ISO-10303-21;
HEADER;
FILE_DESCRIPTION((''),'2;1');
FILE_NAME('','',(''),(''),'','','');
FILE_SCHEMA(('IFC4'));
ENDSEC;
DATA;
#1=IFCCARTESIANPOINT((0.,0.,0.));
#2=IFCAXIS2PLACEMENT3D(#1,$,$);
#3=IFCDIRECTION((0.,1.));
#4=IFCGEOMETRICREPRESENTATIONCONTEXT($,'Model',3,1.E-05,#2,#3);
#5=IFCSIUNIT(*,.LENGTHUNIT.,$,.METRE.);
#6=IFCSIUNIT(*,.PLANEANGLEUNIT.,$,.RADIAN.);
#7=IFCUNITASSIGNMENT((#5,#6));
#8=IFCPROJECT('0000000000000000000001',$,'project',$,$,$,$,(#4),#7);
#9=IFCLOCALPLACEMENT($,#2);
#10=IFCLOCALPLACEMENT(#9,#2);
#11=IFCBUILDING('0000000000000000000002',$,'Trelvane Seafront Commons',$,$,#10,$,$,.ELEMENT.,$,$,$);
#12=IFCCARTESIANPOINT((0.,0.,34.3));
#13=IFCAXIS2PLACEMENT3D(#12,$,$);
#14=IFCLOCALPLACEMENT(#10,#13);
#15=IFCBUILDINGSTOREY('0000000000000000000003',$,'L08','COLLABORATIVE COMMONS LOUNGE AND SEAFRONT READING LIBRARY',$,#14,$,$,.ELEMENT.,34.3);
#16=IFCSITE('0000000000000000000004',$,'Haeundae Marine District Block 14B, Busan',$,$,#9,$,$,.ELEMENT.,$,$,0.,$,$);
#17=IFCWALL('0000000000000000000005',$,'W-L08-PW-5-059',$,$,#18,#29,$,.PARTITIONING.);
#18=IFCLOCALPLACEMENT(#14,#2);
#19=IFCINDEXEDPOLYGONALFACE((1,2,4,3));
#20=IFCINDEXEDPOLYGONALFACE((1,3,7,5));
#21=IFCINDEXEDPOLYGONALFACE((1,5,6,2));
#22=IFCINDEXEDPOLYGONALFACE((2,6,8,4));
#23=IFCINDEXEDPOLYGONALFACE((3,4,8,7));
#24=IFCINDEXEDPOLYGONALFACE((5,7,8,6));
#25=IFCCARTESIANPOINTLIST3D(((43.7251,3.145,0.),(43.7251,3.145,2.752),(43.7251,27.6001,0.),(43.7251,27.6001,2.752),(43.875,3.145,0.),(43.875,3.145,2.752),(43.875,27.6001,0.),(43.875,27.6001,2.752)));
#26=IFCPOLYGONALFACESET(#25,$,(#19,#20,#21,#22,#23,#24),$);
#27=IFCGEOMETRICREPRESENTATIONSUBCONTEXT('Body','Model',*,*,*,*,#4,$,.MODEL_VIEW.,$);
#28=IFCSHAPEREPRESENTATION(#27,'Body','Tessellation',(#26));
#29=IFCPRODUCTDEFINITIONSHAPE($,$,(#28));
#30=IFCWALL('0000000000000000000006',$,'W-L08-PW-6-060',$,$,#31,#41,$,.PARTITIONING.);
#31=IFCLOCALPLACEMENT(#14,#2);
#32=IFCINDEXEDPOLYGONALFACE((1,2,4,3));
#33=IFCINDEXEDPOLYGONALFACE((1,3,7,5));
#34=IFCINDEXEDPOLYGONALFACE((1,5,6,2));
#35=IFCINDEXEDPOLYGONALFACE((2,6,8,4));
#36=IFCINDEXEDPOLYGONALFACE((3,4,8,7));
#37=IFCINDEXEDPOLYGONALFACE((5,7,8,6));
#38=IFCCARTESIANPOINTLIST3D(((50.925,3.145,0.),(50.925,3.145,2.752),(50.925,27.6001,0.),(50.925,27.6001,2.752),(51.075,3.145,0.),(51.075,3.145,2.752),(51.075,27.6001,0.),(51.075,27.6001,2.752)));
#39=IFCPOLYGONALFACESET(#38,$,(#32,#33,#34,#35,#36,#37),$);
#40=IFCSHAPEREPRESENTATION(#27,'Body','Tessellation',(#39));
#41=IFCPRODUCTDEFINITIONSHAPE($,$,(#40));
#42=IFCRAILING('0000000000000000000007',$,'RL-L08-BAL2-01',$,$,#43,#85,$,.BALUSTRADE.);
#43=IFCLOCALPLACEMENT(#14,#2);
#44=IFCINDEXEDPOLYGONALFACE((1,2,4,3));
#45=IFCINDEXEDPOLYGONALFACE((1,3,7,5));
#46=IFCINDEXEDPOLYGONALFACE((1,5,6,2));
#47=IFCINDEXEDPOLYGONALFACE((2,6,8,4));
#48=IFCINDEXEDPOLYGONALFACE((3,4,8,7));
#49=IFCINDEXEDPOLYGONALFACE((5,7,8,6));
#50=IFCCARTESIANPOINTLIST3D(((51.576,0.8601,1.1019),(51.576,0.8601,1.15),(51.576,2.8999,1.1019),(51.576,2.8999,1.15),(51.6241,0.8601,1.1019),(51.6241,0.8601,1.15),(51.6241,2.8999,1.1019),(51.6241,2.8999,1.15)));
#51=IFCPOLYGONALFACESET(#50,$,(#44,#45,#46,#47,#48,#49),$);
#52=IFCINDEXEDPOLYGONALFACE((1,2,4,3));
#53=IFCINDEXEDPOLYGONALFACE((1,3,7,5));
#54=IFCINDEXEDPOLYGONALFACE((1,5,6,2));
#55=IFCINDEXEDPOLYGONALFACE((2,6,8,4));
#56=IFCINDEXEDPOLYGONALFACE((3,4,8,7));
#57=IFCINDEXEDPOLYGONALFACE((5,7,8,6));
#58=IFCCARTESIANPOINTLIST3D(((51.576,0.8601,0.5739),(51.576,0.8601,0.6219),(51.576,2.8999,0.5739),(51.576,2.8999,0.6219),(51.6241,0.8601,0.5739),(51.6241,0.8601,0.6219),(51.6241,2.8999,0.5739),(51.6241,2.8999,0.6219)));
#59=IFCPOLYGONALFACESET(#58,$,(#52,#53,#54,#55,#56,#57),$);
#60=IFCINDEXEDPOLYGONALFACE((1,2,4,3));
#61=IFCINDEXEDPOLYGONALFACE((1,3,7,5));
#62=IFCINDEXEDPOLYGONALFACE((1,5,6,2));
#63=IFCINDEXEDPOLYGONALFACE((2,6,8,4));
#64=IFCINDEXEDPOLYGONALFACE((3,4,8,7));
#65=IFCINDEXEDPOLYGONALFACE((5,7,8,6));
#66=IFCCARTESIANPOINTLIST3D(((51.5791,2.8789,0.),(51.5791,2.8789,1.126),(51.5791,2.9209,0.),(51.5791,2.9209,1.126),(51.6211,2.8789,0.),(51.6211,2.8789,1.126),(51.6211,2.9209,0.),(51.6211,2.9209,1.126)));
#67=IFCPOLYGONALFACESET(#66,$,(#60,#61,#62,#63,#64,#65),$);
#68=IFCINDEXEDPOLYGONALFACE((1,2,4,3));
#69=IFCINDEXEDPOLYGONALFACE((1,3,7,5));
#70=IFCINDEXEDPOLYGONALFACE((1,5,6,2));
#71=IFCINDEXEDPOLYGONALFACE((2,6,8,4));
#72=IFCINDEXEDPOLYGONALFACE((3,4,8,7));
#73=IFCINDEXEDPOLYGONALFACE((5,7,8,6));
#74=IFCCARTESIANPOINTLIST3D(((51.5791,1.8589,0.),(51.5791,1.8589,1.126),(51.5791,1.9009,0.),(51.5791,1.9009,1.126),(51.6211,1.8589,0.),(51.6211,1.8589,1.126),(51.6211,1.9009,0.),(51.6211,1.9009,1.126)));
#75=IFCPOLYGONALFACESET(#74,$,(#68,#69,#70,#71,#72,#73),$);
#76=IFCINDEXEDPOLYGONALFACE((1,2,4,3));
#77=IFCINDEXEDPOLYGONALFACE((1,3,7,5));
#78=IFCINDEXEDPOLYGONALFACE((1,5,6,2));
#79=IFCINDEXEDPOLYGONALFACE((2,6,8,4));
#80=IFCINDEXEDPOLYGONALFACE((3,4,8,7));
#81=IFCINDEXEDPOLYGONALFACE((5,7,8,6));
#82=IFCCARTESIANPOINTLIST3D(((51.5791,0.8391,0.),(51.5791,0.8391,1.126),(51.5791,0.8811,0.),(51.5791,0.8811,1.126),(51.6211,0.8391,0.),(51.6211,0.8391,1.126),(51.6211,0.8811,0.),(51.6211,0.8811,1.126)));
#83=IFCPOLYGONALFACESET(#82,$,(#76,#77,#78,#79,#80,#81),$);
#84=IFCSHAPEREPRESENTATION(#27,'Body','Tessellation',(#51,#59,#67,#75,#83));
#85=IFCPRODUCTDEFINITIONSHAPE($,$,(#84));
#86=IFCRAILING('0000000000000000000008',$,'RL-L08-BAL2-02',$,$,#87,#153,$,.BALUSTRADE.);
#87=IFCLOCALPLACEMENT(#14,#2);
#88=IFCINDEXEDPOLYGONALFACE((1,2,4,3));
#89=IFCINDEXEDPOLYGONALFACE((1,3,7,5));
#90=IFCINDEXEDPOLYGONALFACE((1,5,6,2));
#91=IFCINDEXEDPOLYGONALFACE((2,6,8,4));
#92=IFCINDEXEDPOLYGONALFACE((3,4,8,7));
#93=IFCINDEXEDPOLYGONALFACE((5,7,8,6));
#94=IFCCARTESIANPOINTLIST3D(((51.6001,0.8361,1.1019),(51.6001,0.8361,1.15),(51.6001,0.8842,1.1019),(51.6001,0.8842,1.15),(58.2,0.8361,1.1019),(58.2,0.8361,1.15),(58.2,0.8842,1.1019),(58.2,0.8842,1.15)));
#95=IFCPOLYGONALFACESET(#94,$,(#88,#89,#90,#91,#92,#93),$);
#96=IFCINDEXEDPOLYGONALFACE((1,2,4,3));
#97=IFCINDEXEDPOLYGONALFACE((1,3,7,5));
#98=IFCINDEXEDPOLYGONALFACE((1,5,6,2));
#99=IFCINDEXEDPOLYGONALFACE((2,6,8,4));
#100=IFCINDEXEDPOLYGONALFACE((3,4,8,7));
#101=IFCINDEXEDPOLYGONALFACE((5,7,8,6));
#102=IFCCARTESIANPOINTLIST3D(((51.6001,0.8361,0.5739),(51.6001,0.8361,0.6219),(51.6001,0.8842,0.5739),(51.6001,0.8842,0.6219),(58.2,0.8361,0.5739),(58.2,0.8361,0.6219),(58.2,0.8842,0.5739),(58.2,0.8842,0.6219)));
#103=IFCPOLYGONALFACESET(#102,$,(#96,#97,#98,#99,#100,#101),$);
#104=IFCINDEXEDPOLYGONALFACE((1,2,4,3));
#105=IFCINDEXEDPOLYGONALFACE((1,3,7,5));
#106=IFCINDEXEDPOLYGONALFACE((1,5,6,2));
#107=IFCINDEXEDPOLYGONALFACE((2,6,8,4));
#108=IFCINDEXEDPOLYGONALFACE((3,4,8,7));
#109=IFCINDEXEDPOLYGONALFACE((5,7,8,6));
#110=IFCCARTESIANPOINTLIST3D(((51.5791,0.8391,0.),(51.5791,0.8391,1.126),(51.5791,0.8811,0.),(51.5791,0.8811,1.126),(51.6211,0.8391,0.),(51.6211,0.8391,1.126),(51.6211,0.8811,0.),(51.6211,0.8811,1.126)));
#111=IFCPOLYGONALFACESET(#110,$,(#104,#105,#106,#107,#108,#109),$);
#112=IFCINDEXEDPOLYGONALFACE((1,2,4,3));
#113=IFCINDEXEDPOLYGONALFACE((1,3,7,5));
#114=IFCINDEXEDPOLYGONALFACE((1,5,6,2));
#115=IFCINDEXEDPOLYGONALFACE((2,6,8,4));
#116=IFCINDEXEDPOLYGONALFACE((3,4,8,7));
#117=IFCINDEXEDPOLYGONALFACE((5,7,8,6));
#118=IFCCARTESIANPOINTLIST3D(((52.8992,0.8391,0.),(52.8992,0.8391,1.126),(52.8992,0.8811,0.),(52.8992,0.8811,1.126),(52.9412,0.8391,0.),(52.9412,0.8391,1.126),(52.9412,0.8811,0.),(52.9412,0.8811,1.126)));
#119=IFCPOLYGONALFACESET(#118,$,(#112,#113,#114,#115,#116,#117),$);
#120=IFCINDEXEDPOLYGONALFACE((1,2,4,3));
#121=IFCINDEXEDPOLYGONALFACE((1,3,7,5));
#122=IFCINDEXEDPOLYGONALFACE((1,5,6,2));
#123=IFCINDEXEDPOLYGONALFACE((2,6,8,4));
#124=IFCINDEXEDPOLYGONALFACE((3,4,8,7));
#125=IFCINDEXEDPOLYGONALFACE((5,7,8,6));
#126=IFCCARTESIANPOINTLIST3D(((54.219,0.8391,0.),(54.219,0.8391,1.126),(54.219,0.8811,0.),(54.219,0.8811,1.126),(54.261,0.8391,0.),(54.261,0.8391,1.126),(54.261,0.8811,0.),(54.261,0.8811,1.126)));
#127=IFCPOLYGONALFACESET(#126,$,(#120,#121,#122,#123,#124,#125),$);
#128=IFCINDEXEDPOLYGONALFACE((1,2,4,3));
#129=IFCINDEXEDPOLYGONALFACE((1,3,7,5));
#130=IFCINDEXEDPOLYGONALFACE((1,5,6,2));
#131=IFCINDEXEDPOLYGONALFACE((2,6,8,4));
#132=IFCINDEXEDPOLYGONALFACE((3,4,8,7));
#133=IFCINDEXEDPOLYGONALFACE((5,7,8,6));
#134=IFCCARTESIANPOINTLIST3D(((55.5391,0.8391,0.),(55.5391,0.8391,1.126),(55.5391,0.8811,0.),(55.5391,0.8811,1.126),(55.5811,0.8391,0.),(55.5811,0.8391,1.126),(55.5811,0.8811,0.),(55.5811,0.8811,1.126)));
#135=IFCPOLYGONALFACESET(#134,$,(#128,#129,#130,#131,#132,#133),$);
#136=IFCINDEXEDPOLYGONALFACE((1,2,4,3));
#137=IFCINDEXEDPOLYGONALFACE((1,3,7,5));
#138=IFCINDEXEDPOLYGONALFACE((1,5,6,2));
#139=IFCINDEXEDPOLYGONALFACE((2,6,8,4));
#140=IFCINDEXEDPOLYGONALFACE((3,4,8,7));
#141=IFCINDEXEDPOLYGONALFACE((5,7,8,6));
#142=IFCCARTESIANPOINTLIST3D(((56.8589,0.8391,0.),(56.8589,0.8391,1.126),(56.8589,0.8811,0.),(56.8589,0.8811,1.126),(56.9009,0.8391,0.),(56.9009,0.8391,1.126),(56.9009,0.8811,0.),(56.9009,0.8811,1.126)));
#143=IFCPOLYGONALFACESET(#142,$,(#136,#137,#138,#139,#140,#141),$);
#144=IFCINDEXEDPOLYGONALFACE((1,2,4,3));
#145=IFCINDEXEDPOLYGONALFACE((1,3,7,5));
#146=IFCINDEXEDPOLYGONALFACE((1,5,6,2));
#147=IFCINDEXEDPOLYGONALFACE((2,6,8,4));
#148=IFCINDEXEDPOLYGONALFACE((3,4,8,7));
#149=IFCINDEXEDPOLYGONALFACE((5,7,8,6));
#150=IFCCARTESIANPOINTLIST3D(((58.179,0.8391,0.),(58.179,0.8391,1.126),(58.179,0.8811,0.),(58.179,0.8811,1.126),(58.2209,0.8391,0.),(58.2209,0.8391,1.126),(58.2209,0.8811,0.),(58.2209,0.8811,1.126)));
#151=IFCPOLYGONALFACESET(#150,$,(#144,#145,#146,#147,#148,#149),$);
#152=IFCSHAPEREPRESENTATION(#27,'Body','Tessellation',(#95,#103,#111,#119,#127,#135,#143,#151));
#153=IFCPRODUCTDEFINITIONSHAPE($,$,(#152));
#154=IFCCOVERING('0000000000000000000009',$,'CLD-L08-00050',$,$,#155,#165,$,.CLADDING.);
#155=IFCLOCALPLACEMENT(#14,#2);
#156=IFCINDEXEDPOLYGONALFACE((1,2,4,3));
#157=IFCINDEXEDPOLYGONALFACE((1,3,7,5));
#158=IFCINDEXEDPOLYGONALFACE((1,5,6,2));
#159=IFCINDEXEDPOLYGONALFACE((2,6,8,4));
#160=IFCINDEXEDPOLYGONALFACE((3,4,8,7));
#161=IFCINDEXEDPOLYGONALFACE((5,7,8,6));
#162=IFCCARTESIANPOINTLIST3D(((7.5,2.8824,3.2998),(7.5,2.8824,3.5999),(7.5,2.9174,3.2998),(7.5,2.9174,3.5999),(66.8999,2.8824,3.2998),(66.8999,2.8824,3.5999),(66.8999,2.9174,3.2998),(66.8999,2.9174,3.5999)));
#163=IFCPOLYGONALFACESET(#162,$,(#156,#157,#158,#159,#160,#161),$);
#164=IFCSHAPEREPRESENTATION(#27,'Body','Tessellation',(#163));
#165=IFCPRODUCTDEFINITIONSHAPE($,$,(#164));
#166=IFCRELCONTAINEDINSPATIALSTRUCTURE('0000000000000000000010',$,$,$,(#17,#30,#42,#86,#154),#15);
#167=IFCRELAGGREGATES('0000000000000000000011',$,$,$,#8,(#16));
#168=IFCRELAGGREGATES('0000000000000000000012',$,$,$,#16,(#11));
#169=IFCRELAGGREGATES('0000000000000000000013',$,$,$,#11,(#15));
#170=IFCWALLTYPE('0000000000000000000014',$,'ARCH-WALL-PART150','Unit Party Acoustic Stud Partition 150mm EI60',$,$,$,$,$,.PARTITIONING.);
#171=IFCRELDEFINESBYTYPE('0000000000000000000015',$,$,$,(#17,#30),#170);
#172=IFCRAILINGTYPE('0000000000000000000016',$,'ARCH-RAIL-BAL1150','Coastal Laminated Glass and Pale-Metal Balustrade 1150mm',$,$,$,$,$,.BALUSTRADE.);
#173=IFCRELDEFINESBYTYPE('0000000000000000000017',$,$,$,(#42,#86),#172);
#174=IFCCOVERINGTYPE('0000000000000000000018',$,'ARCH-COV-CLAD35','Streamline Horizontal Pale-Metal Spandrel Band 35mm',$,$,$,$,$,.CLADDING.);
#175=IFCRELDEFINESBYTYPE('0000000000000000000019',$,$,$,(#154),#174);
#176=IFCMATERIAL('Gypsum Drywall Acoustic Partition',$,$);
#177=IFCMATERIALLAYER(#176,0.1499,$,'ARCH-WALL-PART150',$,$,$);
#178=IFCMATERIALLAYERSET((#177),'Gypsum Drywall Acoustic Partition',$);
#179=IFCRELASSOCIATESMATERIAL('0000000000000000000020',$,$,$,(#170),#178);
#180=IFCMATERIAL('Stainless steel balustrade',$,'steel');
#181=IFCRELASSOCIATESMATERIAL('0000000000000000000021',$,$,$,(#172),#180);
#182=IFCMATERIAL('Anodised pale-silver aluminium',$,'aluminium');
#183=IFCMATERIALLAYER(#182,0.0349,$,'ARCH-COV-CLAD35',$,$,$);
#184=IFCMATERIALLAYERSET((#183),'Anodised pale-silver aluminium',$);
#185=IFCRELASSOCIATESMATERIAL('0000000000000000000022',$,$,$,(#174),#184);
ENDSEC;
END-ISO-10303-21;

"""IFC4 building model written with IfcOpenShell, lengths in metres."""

from ifc_helpers import new_model, si_unit, direction, frame, frame_2d, origin, origin_2d, place, context, subcontext, project, spatial, rectangle, extrude, source, transform, mapped, material, layer, layer_set, type_object, element, save


model = new_model("IFC4")

# Units and contexts
model_context = context("Model", 3, precision=1e-05, world=origin(), true_north=direction((0.0, 1.0)))
body_context = subcontext(model_context, "Body", "Model", "MODEL_VIEW")
ifc_project = project(units=[si_unit("LENGTHUNIT", "METRE"), si_unit("PLANEANGLEUNIT", "RADIAN")], contexts=[model_context])

# Site, building, storey
site_placement = place(None, origin())
site = spatial("IfcSite", under=ifc_project, at=site_placement, Name="Haeundae Marine District Block 14B, Busan", CompositionType="ELEMENT", RefElevation=0.0)
building_placement = place(site_placement, origin())
building = spatial("IfcBuilding", under=site, at=building_placement, Name="Trelvane Seafront Commons", CompositionType="ELEMENT")
storey_placement = place(building_placement, frame((0.0, 0.0, 34.3)))
storey = spatial("IfcBuildingStorey", under=building, at=storey_placement, Name="L08", Description="COLLABORATIVE COMMONS LOUNGE AND SEAFRONT READING LIBRARY", CompositionType="ELEMENT", Elevation=34.3)

# Shared definitions
ifc_material_1 = material(Name="Anodised pale-silver aluminium", Category="aluminium")

# Walls
ifc_material_2 = material(Name="Gypsum Drywall Acoustic Partition")
ifc_layer_1 = layer(ifc_material_2, 0.1499, Name="ARCH-WALL-PART150")
ifc_layer_set_1 = layer_set([ifc_layer_1], Name="Gypsum Drywall Acoustic Partition")
wall_type = type_object("IfcWallType", Name="ARCH-WALL-PART150", Description="Unit Party Acoustic Stud Partition 150mm EI60", PredefinedType="PARTITIONING", material=ifc_layer_set_1)
for number, where, z_axis, x_axis, name in (
    (1, (43.8, 3.145, 0.0), (0.0, 0.0, 1.0), (0.0, 1.0, 0.0), "W-L08-PW-5-059"),
    (2, (51.0, 3.145, 0.0), (0.0, 0.0, 1.0), (0.0, 1.0, 0.0), "W-L08-PW-6-060"),
):
    element("IfcWall", number, at=place(storey_placement, frame(where, z_axis=z_axis, x_axis=x_axis)), inside=storey, type_object=wall_type, Name=name, PredefinedType="PARTITIONING", context=body_context, shape_type="SweptSolid", body=[
        extrude(rectangle(XDim=24.4551, YDim=0.1499, at=frame_2d((12.2275, 0.0))), origin(), (0.0, 0.0, 1.0), 2.752),
    ])

# Railings
ifc_material_3 = material(Name="Stainless steel balustrade", Category="steel")
railing_type = type_object("IfcRailingType", Name="ARCH-RAIL-BAL1150", Description="Coastal Laminated Glass and Pale-Metal Balustrade 1150mm", PredefinedType="BALUSTRADE", material=ifc_material_3)
railing_1_placement = place(storey_placement, frame((51.6001, 2.8999, 0.0)))
element("IfcRailing", 3, at=railing_1_placement, inside=storey, type_object=railing_type, Name="RL-L08-BAL2-01", PredefinedType="BALUSTRADE", context=body_context, shape_type="SweptSolid", body=[
    extrude(rectangle(XDim=0.0481, YDim=0.0481, at=origin_2d()), frame((0.0, 0.0, 1.126), z_axis=(0.0, -1.0, 0.0), x_axis=(1.0, 0.0, 0.0)), (0.0, 0.0, 1.0), 2.0398),
    extrude(rectangle(XDim=0.0481, YDim=0.0481, at=origin_2d()), frame((0.0, 0.0, 0.5979), z_axis=(0.0, -1.0, 0.0), x_axis=(1.0, 0.0, 0.0)), (0.0, 0.0, 1.0), 2.0398),
    extrude(rectangle(XDim=0.042, YDim=0.042, at=origin_2d()), origin(), (0.0, 0.0, 1.0), 1.126),
    extrude(rectangle(XDim=0.042, YDim=0.042, at=origin_2d()), frame((0.0, -1.02, 0.0)), (0.0, 0.0, 1.0), 1.126),
    extrude(rectangle(XDim=0.042, YDim=0.042, at=origin_2d()), frame((0.0, -2.0398, 0.0)), (0.0, 0.0, 1.0), 1.126),
])
railing_2_placement = place(storey_placement, frame((51.6001, 0.8601, 0.0)))
element("IfcRailing", 4, at=railing_2_placement, inside=storey, type_object=railing_type, Name="RL-L08-BAL2-02", PredefinedType="BALUSTRADE", context=body_context, shape_type="SweptSolid", body=[
    extrude(rectangle(XDim=0.0481, YDim=0.0481, at=origin_2d()), frame((0.0, 0.0, 1.126), z_axis=(1.0, 0.0, 0.0), x_axis=(0.0, 1.0, 0.0)), (0.0, 0.0, 1.0), 6.5999),
    extrude(rectangle(XDim=0.0481, YDim=0.0481, at=origin_2d()), frame((0.0, 0.0, 0.5979), z_axis=(1.0, 0.0, 0.0), x_axis=(0.0, 1.0, 0.0)), (0.0, 0.0, 1.0), 6.5999),
    extrude(rectangle(XDim=0.042, YDim=0.042, at=origin_2d()), origin(), (0.0, 0.0, 1.0), 1.126),
    extrude(rectangle(XDim=0.042, YDim=0.042, at=origin_2d()), frame((1.3201, 0.0, 0.0)), (0.0, 0.0, 1.0), 1.126),
    extrude(rectangle(XDim=0.042, YDim=0.042, at=origin_2d()), frame((2.6399, 0.0, 0.0)), (0.0, 0.0, 1.0), 1.126),
    extrude(rectangle(XDim=0.042, YDim=0.042, at=origin_2d()), frame((3.96, 0.0, 0.0)), (0.0, 0.0, 1.0), 1.126),
    extrude(rectangle(XDim=0.042, YDim=0.042, at=origin_2d()), frame((5.2798, 0.0, 0.0)), (0.0, 0.0, 1.0), 1.126),
    extrude(rectangle(XDim=0.042, YDim=0.042, at=origin_2d()), frame((6.5999, 0.0, 0.0)), (0.0, 0.0, 1.0), 1.126),
])

# Covering
ifc_layer_2 = layer(ifc_material_1, 0.0349, Name="ARCH-COV-CLAD35")
ifc_layer_set_2 = layer_set([ifc_layer_2], Name="Anodised pale-silver aluminium")
covering_type = type_object("IfcCoveringType", Name="ARCH-COV-CLAD35", Description="Streamline Horizontal Pale-Metal Spandrel Band 35mm", PredefinedType="CLADDING", material=ifc_layer_set_2)
shared_shape_1 = source(origin(), body_context, "Body", "SweptSolid", [
    extrude(rectangle(XDim=59.3999, YDim=0.0349, at=origin_2d()), origin(), (0.0, 0.0, 1.0), 0.3),
])
covering_placement = place(storey_placement, frame((37.2, 2.8999, 3.2998), z_axis=(0.0, 0.0, 1.0), x_axis=(-1.0, 0.0, 0.0)))
element("IfcCovering", 5, at=covering_placement, inside=storey, type_object=covering_type, Name="CLD-L08-00050", PredefinedType="CLADDING", context=body_context, shape_type="MappedRepresentation", body=[
    mapped(shared_shape_1, transform((0.0, 0.0, 0.0), x_axis=(1.0, 0.0, 0.0), y_axis=(0.0, 1.0, 0.0), z_axis=(0.0, 0.0, 1.0), scale=1.0)),
])

save(model, "model.ifc")
